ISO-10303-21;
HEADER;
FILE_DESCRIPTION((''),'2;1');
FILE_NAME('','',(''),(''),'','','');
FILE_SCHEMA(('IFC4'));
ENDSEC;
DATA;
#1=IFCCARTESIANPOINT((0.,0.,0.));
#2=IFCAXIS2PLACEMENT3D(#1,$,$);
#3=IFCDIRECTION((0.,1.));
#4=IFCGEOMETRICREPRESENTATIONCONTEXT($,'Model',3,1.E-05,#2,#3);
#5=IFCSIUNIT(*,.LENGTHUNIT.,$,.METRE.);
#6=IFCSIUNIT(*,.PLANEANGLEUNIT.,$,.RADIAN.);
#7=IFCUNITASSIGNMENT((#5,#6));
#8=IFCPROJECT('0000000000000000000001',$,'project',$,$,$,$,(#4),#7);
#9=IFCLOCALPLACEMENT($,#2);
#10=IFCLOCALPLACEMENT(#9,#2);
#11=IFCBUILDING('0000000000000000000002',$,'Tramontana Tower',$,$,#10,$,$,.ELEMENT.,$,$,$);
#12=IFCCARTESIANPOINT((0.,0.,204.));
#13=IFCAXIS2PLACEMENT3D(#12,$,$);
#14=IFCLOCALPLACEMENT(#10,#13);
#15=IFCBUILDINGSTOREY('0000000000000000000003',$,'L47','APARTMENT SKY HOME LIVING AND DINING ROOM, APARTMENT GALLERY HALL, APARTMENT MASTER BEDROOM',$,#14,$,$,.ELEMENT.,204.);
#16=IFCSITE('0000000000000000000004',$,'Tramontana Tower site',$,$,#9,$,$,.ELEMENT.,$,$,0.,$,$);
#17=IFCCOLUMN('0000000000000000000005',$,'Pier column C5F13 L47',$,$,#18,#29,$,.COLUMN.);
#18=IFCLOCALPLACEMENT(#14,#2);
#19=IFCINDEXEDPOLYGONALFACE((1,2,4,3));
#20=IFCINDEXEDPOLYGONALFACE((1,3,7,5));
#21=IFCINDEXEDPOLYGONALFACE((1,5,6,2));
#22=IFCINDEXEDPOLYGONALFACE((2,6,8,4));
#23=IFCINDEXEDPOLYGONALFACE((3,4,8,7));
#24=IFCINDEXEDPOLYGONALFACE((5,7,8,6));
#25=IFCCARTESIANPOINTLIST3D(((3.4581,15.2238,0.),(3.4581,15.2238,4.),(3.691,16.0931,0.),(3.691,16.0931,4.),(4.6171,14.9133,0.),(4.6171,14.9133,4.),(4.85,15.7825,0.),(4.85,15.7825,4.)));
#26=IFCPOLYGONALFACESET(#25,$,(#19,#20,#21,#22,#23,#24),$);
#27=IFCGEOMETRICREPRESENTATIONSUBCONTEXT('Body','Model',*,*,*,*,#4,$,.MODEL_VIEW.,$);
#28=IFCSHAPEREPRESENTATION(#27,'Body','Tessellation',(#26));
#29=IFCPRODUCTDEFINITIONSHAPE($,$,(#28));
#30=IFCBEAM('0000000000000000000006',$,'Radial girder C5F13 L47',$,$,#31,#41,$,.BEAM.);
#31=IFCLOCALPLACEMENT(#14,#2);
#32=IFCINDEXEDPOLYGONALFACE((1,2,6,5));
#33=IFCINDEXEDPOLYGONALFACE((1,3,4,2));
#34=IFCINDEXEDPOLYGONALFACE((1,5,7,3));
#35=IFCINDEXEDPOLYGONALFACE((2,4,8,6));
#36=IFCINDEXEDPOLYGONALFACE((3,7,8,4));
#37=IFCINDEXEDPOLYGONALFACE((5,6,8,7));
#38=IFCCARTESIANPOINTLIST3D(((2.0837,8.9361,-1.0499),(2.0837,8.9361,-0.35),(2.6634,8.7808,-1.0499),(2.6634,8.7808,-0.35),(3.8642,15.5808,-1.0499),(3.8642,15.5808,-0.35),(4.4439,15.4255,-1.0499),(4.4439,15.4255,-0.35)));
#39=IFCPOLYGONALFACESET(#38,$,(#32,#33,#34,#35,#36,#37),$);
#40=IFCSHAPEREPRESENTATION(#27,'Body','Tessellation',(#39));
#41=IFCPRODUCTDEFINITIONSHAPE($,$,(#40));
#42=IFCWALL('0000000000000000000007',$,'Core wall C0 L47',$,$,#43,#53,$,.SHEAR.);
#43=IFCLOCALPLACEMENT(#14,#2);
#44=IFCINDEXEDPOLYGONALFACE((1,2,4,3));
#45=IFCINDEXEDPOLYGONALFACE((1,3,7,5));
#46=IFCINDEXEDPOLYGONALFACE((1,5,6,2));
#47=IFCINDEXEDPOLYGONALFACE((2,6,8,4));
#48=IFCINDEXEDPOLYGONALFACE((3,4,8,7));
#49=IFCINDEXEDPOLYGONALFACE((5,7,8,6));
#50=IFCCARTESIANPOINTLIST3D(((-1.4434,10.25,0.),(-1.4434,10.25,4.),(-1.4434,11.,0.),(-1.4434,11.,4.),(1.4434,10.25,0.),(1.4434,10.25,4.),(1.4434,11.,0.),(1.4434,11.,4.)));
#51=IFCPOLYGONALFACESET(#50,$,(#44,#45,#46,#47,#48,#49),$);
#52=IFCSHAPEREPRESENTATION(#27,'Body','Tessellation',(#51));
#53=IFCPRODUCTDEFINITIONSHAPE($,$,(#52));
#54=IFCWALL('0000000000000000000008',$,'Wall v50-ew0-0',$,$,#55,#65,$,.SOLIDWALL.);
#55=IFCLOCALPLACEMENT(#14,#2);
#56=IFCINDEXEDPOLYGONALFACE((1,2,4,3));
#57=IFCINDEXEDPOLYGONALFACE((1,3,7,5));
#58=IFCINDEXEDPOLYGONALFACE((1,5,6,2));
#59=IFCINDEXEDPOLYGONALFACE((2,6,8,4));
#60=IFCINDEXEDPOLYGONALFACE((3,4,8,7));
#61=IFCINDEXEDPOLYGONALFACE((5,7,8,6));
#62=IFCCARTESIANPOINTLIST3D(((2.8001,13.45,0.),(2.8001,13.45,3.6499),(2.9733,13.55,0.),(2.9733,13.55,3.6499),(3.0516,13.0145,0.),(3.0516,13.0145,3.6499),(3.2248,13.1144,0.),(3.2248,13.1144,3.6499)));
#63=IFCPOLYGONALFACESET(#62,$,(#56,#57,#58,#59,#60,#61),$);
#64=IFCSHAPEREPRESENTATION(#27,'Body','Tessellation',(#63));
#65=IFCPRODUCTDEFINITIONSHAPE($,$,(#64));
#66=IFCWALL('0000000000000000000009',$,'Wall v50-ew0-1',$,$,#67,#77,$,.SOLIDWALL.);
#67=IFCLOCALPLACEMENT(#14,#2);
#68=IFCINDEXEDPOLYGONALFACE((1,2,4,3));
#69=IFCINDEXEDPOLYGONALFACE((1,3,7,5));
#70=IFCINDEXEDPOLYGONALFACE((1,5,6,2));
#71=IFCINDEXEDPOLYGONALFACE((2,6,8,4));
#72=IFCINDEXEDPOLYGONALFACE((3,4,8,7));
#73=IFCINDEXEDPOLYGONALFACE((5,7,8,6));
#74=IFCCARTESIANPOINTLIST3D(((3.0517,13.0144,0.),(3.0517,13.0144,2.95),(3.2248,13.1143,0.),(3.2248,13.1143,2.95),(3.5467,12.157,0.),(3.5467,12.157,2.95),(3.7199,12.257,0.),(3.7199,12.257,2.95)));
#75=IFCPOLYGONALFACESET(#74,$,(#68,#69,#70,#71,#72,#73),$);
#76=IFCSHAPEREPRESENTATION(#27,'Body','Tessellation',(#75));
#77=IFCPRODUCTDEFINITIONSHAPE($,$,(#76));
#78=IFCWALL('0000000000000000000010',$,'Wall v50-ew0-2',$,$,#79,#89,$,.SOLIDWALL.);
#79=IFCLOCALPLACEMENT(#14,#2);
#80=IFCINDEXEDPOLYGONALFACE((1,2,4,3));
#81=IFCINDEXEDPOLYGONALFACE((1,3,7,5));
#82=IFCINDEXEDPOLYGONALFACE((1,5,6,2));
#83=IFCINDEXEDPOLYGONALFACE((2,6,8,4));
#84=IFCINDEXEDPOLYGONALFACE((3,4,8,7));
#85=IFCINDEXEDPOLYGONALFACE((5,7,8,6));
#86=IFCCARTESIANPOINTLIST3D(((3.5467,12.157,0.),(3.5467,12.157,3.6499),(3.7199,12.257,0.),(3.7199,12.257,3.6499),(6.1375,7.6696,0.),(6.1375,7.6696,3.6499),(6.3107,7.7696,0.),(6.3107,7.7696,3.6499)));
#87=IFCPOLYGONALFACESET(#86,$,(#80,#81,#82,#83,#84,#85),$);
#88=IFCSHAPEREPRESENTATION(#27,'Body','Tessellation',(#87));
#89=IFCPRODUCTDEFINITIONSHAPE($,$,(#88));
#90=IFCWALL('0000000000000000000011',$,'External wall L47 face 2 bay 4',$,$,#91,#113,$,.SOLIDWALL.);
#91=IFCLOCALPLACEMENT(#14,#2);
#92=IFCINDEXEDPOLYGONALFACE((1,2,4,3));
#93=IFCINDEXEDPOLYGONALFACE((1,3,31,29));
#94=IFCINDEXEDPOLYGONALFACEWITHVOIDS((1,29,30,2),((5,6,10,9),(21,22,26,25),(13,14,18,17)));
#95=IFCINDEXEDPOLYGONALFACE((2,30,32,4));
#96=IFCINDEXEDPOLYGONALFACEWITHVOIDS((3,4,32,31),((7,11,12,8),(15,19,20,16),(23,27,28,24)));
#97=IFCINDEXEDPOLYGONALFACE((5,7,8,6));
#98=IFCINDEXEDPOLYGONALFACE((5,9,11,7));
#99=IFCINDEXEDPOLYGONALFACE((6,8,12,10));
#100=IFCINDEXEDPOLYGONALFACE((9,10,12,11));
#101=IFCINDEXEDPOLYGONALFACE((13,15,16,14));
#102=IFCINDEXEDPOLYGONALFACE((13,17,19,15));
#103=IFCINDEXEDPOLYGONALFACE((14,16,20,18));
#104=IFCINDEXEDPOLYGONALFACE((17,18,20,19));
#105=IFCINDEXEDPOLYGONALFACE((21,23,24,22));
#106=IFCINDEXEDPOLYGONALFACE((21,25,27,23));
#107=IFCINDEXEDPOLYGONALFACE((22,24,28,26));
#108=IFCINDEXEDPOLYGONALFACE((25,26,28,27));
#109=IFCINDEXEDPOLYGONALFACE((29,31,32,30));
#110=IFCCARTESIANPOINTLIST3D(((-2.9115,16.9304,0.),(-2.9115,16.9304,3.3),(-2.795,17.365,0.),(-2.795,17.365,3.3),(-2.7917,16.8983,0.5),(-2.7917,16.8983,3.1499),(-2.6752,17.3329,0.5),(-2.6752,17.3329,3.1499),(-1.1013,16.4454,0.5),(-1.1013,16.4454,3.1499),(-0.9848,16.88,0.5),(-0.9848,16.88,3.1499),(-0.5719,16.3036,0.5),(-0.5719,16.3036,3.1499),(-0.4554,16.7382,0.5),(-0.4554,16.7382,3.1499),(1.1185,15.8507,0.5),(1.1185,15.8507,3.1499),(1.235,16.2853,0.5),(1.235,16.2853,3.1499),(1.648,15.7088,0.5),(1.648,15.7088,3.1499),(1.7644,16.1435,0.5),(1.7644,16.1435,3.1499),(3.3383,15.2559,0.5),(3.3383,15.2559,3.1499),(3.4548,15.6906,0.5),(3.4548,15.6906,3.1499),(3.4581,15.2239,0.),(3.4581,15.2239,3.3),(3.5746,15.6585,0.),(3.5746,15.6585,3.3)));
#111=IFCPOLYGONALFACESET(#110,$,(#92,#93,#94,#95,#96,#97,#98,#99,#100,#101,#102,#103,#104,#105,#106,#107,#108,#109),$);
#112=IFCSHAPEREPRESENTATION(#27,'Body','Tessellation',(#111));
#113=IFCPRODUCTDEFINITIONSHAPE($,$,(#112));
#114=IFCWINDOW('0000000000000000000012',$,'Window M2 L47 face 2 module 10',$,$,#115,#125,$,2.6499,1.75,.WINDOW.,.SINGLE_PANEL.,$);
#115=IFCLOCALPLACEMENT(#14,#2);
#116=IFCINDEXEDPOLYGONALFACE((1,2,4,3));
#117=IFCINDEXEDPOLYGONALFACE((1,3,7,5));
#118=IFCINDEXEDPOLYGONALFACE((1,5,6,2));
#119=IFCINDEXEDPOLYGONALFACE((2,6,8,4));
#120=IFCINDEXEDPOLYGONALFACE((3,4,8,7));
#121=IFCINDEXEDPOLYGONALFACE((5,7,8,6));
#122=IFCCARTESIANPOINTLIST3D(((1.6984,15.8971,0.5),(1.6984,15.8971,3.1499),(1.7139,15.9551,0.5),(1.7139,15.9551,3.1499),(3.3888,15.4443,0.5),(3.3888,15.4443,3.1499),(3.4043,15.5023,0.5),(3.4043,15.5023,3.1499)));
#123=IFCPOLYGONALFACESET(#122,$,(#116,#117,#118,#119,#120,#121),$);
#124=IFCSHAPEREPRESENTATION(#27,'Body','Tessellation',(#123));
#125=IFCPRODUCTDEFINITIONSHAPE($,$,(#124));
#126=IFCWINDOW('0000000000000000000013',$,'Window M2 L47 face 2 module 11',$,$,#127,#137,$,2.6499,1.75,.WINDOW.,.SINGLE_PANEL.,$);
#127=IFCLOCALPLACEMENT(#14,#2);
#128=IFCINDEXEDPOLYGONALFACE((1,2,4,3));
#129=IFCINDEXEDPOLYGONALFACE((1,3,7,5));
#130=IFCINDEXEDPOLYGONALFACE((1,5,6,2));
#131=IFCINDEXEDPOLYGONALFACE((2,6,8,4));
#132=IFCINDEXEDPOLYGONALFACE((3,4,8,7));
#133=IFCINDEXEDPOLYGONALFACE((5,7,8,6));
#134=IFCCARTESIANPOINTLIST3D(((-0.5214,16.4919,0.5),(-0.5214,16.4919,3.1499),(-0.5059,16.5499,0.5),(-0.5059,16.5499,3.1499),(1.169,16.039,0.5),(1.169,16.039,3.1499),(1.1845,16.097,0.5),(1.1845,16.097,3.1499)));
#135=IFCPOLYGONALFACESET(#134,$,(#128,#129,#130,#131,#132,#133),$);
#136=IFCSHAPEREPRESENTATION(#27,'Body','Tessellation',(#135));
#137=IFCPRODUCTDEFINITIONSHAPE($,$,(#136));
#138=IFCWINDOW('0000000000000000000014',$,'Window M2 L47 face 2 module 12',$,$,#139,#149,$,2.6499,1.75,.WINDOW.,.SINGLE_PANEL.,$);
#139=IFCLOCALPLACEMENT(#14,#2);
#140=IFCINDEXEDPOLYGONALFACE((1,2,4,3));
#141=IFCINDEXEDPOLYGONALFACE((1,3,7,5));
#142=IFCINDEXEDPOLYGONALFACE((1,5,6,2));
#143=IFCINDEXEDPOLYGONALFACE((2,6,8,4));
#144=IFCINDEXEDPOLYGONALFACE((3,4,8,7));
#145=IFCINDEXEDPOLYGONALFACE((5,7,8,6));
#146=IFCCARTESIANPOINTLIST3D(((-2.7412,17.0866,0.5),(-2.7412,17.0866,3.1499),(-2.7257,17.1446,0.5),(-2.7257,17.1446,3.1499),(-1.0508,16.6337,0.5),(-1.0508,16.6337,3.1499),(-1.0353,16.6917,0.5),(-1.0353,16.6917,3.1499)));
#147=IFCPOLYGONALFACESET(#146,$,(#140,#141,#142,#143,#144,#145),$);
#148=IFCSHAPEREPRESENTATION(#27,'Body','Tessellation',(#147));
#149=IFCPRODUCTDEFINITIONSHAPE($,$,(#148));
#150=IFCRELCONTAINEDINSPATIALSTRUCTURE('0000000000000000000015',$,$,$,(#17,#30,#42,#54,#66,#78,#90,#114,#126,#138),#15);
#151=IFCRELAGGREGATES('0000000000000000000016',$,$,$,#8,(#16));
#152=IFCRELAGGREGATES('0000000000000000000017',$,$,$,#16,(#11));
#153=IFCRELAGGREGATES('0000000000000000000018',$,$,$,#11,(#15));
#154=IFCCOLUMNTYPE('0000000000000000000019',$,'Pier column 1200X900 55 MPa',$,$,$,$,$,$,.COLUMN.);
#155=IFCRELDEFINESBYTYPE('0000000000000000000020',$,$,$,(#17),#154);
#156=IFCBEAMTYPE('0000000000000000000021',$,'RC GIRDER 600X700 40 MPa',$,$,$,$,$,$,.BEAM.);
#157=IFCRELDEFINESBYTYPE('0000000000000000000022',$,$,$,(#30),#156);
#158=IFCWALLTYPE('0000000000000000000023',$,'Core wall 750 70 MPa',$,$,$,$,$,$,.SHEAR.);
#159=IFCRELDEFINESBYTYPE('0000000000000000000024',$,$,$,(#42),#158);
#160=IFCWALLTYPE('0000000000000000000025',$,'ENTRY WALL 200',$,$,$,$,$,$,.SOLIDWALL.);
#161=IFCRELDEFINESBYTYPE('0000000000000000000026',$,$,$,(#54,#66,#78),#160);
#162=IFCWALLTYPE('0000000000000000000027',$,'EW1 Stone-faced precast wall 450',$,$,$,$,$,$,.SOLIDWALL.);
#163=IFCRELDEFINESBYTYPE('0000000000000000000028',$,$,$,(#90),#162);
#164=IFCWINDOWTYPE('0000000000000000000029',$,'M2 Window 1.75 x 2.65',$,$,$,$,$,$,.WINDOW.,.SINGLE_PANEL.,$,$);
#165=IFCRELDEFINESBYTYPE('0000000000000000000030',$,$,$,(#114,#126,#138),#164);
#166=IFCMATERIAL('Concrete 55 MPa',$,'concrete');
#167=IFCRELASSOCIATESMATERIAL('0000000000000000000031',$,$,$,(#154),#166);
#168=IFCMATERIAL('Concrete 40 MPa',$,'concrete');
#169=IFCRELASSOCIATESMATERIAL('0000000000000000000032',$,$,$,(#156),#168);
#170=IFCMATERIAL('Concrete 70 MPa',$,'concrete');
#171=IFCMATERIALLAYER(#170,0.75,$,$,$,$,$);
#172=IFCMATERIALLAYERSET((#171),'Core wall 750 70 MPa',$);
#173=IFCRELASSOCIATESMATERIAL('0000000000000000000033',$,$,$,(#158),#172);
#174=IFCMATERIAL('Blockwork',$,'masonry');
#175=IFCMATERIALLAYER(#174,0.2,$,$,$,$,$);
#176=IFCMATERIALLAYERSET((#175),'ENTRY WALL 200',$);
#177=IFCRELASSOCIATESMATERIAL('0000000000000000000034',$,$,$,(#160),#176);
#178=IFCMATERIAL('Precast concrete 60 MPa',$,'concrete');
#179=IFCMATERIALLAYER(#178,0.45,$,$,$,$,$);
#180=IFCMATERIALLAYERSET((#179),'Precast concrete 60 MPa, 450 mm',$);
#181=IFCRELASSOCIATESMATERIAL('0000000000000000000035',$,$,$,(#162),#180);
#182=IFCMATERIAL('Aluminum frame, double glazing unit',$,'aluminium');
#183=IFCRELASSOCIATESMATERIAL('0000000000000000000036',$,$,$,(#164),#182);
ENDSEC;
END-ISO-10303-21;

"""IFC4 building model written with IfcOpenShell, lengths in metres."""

from ifc_helpers import new_model, si_unit, direction, frame, frame_2d, origin, origin_2d, place, context, subcontext, project, spatial, rectangle, extrude, material, layer, layer_set, material_profile, profile_set, type_object, element, fill, save


model = new_model("IFC4")

# Units and contexts
model_context = context("Model", 3, precision=1e-05, world=origin(), true_north=direction((0.0, 1.0)))
body_context = subcontext(model_context, "Body", "Model", "MODEL_VIEW")
ifc_project = project(units=[si_unit("LENGTHUNIT", "METRE"), si_unit("PLANEANGLEUNIT", "RADIAN")], contexts=[model_context])

# Site, building, storey
site_placement = place(None, origin())
site = spatial("IfcSite", under=ifc_project, at=site_placement, Name="Tramontana Tower site", CompositionType="ELEMENT", RefElevation=0.0)
building_placement = place(site_placement, origin())
building = spatial("IfcBuilding", under=site, at=building_placement, Name="Tramontana Tower", CompositionType="ELEMENT")
storey_placement = place(building_placement, frame((0.0, 0.0, 204.0)))
storey = spatial("IfcBuildingStorey", under=building, at=storey_placement, Name="L47", Description="APARTMENT SKY HOME LIVING AND DINING ROOM, APARTMENT GALLERY HALL, APARTMENT MASTER BEDROOM", CompositionType="ELEMENT", Elevation=204.0)

# Column
ifc_material_1 = material(Name="Concrete 55 MPa", Category="concrete")
ifc_material_profile_1 = material_profile(ifc_material_1, rectangle(XDim=1.2, YDim=0.8999, at=origin_2d()), Name="Pier column 1200X900 55 MPa")
ifc_profile_set_1 = profile_set([ifc_material_profile_1], Name="Concrete 55 MPa")
column_type = type_object("IfcColumnType", Name="Pier column 1200X900 55 MPa", PredefinedType="COLUMN", material=ifc_profile_set_1)
column_placement = place(storey_placement, frame((4.1541, 15.5032, 0.0), z_axis=(0.0, 0.0, 1.0), x_axis=(-0.965926, 0.258819, 0.0)))
element("IfcColumn", 1, at=column_placement, inside=storey, type_object=column_type, Name="Pier column C5F13 L47", PredefinedType="COLUMN", context=body_context, shape_type="SweptSolid", body=[
    extrude(rectangle(XDim=1.2, YDim=0.8999, at=origin_2d()), origin(), (0.0, 0.0, 1.0), 4.0),
])

# Beam
ifc_material_2 = material(Name="Concrete 40 MPa", Category="concrete")
ifc_material_profile_2 = material_profile(ifc_material_2, rectangle(XDim=0.6001, YDim=0.7, at=origin_2d()), Name="RC GIRDER 600X700 40 MPa")
ifc_profile_set_2 = profile_set([ifc_material_profile_2], Name="Concrete 40 MPa")
beam_type = type_object("IfcBeamType", Name="RC GIRDER 600X700 40 MPa", PredefinedType="BEAM", material=ifc_profile_set_2)
beam_placement = place(storey_placement, frame((4.1541, 15.5032, -0.7), z_axis=(-0.258827, -0.965924, 0.0), x_axis=(0.965924, -0.258827, 0.0)))
element("IfcBeam", 2, at=beam_placement, inside=storey, type_object=beam_type, Name="Radial girder C5F13 L47", PredefinedType="BEAM", context=body_context, shape_type="SweptSolid", body=[
    extrude(rectangle(XDim=0.6001, YDim=0.7, at=origin_2d()), origin(), (0.0, 0.0, 1.0), 6.8792),
])

# Walls
ifc_material_3 = material(Name="Concrete 70 MPa", Category="concrete")
ifc_layer_1 = layer(ifc_material_3, 0.75)
ifc_layer_set_1 = layer_set([ifc_layer_1], Name="Core wall 750 70 MPa")
wall_type_1 = type_object("IfcWallType", Name="Core wall 750 70 MPa", PredefinedType="SHEAR", material=ifc_layer_set_1)
wall_1_placement = place(storey_placement, frame((1.4434, 10.625, 0.0), z_axis=(0.0, 0.0, 1.0), x_axis=(-1.0, 0.0, 0.0)))
element("IfcWall", 3, at=wall_1_placement, inside=storey, type_object=wall_type_1, Name="Core wall C0 L47", PredefinedType="SHEAR", context=body_context, shape_type="SweptSolid", body=[
    extrude(rectangle(XDim=2.8867, YDim=0.75, at=frame_2d((1.4434, 0.0))), origin(), (0.0, 0.0, 1.0), 4.0),
])
ifc_material_4 = material(Name="Blockwork", Category="masonry")
ifc_layer_2 = layer(ifc_material_4, 0.2)
ifc_layer_set_2 = layer_set([ifc_layer_2], Name="ENTRY WALL 200")
wall_type_2 = type_object("IfcWallType", Name="ENTRY WALL 200", PredefinedType="SOLIDWALL", material=ifc_layer_set_2)
wall_2_placement = place(storey_placement, frame((2.8867, 13.5, 0.0), z_axis=(0.0, 0.0, 1.0), x_axis=(0.500003, -0.866024, 0.0)))
element("IfcWall", 4, at=wall_2_placement, inside=storey, type_object=wall_type_2, Name="Wall v50-ew0-0", PredefinedType="SOLIDWALL", context=body_context, shape_type="SweptSolid", body=[
    extrude(rectangle(XDim=0.5029, YDim=0.2, at=frame_2d((0.2515, 0.0))), origin(), (0.0, 0.0, 1.0), 3.6499),
])
wall_3_placement = place(storey_placement, frame((3.1382, 13.0645, 0.0), z_axis=(0.0, 0.0, 1.0), x_axis=(0.500064, -0.865988, 0.0)))
element("IfcWall", 5, at=wall_3_placement, inside=storey, type_object=wall_type_2, Name="Wall v50-ew0-1", PredefinedType="SOLIDWALL", context=body_context, shape_type="SweptSolid", body=[
    extrude(rectangle(XDim=0.99, YDim=0.2, at=frame_2d((0.4951, 0.0))), origin(), (0.0, 0.0, 1.0), 2.95),
])
wall_4_placement = place(storey_placement, frame((3.6333, 12.207, 0.0), z_axis=(0.0, 0.0, 1.0), x_axis=(0.49999, -0.866031, 0.0)))
element("IfcWall", 6, at=wall_4_placement, inside=storey, type_object=wall_type_2, Name="Wall v50-ew0-2", PredefinedType="SOLIDWALL", context=body_context, shape_type="SweptSolid", body=[
    extrude(rectangle(XDim=5.1816, YDim=0.2, at=frame_2d((2.5908, 0.0))), origin(), (0.0, 0.0, 1.0), 3.6499),
])

# Wall, openings, windows
ifc_material_5 = material(Name="Precast concrete 60 MPa", Category="concrete")
ifc_layer_3 = layer(ifc_material_5, 0.45)
ifc_layer_set_3 = layer_set([ifc_layer_3], Name="Precast concrete 60 MPa, 450 mm")
wall_type_3 = type_object("IfcWallType", Name="EW1 Stone-faced precast wall 450", PredefinedType="SOLIDWALL", material=ifc_layer_set_3)
wall_5_placement = place(storey_placement, frame((3.5164, 15.4412, 0.0), z_axis=(0.0, 0.0, 1.0), x_axis=(-0.965933, 0.258792, 0.0)))
wall_5 = element("IfcWall", 7, at=wall_5_placement, inside=storey, type_object=wall_type_3, Name="External wall L47 face 2 bay 4", PredefinedType="SOLIDWALL", context=body_context, shape_type="SweptSolid", body=[
    extrude(rectangle(XDim=6.5942, YDim=0.45, at=frame_2d((3.2971, 0.0))), origin(), (0.0, 0.0, 1.0), 3.3),
])
opening_1_placement = place(wall_5_placement, frame((0.124, 0.0, 0.5)))
opening_1 = element("IfcOpeningElement", 8, at=opening_1_placement, cuts=wall_5, PredefinedType="OPENING", context=body_context, shape_type="SweptSolid", body=[
    extrude(rectangle(XDim=1.75, YDim=2.6499, at=frame_2d((0.875, 1.325))), frame((0.0, 0.2349, 0.0), z_axis=(0.0, -1.0, 0.0), x_axis=(1.0, 0.0, 0.0)), (0.0, 0.0, 1.0), 0.47),
])
opening_2_placement = place(wall_5_placement, frame((2.4221, 0.0, 0.5)))
opening_2 = element("IfcOpeningElement", 9, at=opening_2_placement, cuts=wall_5, PredefinedType="OPENING", context=body_context, shape_type="SweptSolid", body=[
    extrude(rectangle(XDim=1.75, YDim=2.6499, at=frame_2d((0.875, 1.325))), frame((0.0, 0.2349, 0.0), z_axis=(0.0, -1.0, 0.0), x_axis=(1.0, 0.0, 0.0)), (0.0, 0.0, 1.0), 0.47),
])
opening_3_placement = place(wall_5_placement, frame((4.7202, 0.0, 0.5)))
opening_3 = element("IfcOpeningElement", 10, at=opening_3_placement, cuts=wall_5, PredefinedType="OPENING", context=body_context, shape_type="SweptSolid", body=[
    extrude(rectangle(XDim=1.75, YDim=2.6499, at=frame_2d((0.875, 1.325))), frame((0.0, 0.2349, 0.0), z_axis=(0.0, -1.0, 0.0), x_axis=(1.0, 0.0, 0.0)), (0.0, 0.0, 1.0), 0.47),
])
ifc_material_6 = material(Name="Aluminum frame, double glazing unit", Category="aluminium")
window_type = type_object("IfcWindowType", Name="M2 Window 1.75 x 2.65", PartitioningType="SINGLE_PANEL", PredefinedType="WINDOW", material=ifc_material_6)
window_1_placement = place(opening_1_placement, origin())
window_1 = element("IfcWindow", 11, at=window_1_placement, inside=storey, type_object=window_type, Name="Window M2 L47 face 2 module 10", OverallHeight=2.6499, OverallWidth=1.75, PartitioningType="SINGLE_PANEL", PredefinedType="WINDOW", context=body_context, shape_type="SweptSolid", body=[
    extrude(rectangle(XDim=1.75, YDim=2.6499, at=frame_2d((0.875, 1.325))), frame((0.0, 0.03, 0.0), z_axis=(0.0, -1.0, 0.0), x_axis=(1.0, 0.0, 0.0)), (0.0, 0.0, 1.0), 0.0601),
])
fill(opening_1, window_1)
window_2_placement = place(opening_2_placement, origin())
window_2 = element("IfcWindow", 12, at=window_2_placement, inside=storey, type_object=window_type, Name="Window M2 L47 face 2 module 11", OverallHeight=2.6499, OverallWidth=1.75, PartitioningType="SINGLE_PANEL", PredefinedType="WINDOW", context=body_context, shape_type="SweptSolid", body=[
    extrude(rectangle(XDim=1.75, YDim=2.6499, at=frame_2d((0.875, 1.325))), frame((0.0, 0.03, 0.0), z_axis=(0.0, -1.0, 0.0), x_axis=(1.0, 0.0, 0.0)), (0.0, 0.0, 1.0), 0.0601),
])
fill(opening_2, window_2)
window_3_placement = place(opening_3_placement, origin())
window_3 = element("IfcWindow", 13, at=window_3_placement, inside=storey, type_object=window_type, Name="Window M2 L47 face 2 module 12", OverallHeight=2.6499, OverallWidth=1.75, PartitioningType="SINGLE_PANEL", PredefinedType="WINDOW", context=body_context, shape_type="SweptSolid", body=[
    extrude(rectangle(XDim=1.75, YDim=2.6499, at=frame_2d((0.875, 1.325))), frame((0.0, 0.03, 0.0), z_axis=(0.0, -1.0, 0.0), x_axis=(1.0, 0.0, 0.0)), (0.0, 0.0, 1.0), 0.0601),
])
fill(opening_3, window_3)

save(model, "model.ifc")
